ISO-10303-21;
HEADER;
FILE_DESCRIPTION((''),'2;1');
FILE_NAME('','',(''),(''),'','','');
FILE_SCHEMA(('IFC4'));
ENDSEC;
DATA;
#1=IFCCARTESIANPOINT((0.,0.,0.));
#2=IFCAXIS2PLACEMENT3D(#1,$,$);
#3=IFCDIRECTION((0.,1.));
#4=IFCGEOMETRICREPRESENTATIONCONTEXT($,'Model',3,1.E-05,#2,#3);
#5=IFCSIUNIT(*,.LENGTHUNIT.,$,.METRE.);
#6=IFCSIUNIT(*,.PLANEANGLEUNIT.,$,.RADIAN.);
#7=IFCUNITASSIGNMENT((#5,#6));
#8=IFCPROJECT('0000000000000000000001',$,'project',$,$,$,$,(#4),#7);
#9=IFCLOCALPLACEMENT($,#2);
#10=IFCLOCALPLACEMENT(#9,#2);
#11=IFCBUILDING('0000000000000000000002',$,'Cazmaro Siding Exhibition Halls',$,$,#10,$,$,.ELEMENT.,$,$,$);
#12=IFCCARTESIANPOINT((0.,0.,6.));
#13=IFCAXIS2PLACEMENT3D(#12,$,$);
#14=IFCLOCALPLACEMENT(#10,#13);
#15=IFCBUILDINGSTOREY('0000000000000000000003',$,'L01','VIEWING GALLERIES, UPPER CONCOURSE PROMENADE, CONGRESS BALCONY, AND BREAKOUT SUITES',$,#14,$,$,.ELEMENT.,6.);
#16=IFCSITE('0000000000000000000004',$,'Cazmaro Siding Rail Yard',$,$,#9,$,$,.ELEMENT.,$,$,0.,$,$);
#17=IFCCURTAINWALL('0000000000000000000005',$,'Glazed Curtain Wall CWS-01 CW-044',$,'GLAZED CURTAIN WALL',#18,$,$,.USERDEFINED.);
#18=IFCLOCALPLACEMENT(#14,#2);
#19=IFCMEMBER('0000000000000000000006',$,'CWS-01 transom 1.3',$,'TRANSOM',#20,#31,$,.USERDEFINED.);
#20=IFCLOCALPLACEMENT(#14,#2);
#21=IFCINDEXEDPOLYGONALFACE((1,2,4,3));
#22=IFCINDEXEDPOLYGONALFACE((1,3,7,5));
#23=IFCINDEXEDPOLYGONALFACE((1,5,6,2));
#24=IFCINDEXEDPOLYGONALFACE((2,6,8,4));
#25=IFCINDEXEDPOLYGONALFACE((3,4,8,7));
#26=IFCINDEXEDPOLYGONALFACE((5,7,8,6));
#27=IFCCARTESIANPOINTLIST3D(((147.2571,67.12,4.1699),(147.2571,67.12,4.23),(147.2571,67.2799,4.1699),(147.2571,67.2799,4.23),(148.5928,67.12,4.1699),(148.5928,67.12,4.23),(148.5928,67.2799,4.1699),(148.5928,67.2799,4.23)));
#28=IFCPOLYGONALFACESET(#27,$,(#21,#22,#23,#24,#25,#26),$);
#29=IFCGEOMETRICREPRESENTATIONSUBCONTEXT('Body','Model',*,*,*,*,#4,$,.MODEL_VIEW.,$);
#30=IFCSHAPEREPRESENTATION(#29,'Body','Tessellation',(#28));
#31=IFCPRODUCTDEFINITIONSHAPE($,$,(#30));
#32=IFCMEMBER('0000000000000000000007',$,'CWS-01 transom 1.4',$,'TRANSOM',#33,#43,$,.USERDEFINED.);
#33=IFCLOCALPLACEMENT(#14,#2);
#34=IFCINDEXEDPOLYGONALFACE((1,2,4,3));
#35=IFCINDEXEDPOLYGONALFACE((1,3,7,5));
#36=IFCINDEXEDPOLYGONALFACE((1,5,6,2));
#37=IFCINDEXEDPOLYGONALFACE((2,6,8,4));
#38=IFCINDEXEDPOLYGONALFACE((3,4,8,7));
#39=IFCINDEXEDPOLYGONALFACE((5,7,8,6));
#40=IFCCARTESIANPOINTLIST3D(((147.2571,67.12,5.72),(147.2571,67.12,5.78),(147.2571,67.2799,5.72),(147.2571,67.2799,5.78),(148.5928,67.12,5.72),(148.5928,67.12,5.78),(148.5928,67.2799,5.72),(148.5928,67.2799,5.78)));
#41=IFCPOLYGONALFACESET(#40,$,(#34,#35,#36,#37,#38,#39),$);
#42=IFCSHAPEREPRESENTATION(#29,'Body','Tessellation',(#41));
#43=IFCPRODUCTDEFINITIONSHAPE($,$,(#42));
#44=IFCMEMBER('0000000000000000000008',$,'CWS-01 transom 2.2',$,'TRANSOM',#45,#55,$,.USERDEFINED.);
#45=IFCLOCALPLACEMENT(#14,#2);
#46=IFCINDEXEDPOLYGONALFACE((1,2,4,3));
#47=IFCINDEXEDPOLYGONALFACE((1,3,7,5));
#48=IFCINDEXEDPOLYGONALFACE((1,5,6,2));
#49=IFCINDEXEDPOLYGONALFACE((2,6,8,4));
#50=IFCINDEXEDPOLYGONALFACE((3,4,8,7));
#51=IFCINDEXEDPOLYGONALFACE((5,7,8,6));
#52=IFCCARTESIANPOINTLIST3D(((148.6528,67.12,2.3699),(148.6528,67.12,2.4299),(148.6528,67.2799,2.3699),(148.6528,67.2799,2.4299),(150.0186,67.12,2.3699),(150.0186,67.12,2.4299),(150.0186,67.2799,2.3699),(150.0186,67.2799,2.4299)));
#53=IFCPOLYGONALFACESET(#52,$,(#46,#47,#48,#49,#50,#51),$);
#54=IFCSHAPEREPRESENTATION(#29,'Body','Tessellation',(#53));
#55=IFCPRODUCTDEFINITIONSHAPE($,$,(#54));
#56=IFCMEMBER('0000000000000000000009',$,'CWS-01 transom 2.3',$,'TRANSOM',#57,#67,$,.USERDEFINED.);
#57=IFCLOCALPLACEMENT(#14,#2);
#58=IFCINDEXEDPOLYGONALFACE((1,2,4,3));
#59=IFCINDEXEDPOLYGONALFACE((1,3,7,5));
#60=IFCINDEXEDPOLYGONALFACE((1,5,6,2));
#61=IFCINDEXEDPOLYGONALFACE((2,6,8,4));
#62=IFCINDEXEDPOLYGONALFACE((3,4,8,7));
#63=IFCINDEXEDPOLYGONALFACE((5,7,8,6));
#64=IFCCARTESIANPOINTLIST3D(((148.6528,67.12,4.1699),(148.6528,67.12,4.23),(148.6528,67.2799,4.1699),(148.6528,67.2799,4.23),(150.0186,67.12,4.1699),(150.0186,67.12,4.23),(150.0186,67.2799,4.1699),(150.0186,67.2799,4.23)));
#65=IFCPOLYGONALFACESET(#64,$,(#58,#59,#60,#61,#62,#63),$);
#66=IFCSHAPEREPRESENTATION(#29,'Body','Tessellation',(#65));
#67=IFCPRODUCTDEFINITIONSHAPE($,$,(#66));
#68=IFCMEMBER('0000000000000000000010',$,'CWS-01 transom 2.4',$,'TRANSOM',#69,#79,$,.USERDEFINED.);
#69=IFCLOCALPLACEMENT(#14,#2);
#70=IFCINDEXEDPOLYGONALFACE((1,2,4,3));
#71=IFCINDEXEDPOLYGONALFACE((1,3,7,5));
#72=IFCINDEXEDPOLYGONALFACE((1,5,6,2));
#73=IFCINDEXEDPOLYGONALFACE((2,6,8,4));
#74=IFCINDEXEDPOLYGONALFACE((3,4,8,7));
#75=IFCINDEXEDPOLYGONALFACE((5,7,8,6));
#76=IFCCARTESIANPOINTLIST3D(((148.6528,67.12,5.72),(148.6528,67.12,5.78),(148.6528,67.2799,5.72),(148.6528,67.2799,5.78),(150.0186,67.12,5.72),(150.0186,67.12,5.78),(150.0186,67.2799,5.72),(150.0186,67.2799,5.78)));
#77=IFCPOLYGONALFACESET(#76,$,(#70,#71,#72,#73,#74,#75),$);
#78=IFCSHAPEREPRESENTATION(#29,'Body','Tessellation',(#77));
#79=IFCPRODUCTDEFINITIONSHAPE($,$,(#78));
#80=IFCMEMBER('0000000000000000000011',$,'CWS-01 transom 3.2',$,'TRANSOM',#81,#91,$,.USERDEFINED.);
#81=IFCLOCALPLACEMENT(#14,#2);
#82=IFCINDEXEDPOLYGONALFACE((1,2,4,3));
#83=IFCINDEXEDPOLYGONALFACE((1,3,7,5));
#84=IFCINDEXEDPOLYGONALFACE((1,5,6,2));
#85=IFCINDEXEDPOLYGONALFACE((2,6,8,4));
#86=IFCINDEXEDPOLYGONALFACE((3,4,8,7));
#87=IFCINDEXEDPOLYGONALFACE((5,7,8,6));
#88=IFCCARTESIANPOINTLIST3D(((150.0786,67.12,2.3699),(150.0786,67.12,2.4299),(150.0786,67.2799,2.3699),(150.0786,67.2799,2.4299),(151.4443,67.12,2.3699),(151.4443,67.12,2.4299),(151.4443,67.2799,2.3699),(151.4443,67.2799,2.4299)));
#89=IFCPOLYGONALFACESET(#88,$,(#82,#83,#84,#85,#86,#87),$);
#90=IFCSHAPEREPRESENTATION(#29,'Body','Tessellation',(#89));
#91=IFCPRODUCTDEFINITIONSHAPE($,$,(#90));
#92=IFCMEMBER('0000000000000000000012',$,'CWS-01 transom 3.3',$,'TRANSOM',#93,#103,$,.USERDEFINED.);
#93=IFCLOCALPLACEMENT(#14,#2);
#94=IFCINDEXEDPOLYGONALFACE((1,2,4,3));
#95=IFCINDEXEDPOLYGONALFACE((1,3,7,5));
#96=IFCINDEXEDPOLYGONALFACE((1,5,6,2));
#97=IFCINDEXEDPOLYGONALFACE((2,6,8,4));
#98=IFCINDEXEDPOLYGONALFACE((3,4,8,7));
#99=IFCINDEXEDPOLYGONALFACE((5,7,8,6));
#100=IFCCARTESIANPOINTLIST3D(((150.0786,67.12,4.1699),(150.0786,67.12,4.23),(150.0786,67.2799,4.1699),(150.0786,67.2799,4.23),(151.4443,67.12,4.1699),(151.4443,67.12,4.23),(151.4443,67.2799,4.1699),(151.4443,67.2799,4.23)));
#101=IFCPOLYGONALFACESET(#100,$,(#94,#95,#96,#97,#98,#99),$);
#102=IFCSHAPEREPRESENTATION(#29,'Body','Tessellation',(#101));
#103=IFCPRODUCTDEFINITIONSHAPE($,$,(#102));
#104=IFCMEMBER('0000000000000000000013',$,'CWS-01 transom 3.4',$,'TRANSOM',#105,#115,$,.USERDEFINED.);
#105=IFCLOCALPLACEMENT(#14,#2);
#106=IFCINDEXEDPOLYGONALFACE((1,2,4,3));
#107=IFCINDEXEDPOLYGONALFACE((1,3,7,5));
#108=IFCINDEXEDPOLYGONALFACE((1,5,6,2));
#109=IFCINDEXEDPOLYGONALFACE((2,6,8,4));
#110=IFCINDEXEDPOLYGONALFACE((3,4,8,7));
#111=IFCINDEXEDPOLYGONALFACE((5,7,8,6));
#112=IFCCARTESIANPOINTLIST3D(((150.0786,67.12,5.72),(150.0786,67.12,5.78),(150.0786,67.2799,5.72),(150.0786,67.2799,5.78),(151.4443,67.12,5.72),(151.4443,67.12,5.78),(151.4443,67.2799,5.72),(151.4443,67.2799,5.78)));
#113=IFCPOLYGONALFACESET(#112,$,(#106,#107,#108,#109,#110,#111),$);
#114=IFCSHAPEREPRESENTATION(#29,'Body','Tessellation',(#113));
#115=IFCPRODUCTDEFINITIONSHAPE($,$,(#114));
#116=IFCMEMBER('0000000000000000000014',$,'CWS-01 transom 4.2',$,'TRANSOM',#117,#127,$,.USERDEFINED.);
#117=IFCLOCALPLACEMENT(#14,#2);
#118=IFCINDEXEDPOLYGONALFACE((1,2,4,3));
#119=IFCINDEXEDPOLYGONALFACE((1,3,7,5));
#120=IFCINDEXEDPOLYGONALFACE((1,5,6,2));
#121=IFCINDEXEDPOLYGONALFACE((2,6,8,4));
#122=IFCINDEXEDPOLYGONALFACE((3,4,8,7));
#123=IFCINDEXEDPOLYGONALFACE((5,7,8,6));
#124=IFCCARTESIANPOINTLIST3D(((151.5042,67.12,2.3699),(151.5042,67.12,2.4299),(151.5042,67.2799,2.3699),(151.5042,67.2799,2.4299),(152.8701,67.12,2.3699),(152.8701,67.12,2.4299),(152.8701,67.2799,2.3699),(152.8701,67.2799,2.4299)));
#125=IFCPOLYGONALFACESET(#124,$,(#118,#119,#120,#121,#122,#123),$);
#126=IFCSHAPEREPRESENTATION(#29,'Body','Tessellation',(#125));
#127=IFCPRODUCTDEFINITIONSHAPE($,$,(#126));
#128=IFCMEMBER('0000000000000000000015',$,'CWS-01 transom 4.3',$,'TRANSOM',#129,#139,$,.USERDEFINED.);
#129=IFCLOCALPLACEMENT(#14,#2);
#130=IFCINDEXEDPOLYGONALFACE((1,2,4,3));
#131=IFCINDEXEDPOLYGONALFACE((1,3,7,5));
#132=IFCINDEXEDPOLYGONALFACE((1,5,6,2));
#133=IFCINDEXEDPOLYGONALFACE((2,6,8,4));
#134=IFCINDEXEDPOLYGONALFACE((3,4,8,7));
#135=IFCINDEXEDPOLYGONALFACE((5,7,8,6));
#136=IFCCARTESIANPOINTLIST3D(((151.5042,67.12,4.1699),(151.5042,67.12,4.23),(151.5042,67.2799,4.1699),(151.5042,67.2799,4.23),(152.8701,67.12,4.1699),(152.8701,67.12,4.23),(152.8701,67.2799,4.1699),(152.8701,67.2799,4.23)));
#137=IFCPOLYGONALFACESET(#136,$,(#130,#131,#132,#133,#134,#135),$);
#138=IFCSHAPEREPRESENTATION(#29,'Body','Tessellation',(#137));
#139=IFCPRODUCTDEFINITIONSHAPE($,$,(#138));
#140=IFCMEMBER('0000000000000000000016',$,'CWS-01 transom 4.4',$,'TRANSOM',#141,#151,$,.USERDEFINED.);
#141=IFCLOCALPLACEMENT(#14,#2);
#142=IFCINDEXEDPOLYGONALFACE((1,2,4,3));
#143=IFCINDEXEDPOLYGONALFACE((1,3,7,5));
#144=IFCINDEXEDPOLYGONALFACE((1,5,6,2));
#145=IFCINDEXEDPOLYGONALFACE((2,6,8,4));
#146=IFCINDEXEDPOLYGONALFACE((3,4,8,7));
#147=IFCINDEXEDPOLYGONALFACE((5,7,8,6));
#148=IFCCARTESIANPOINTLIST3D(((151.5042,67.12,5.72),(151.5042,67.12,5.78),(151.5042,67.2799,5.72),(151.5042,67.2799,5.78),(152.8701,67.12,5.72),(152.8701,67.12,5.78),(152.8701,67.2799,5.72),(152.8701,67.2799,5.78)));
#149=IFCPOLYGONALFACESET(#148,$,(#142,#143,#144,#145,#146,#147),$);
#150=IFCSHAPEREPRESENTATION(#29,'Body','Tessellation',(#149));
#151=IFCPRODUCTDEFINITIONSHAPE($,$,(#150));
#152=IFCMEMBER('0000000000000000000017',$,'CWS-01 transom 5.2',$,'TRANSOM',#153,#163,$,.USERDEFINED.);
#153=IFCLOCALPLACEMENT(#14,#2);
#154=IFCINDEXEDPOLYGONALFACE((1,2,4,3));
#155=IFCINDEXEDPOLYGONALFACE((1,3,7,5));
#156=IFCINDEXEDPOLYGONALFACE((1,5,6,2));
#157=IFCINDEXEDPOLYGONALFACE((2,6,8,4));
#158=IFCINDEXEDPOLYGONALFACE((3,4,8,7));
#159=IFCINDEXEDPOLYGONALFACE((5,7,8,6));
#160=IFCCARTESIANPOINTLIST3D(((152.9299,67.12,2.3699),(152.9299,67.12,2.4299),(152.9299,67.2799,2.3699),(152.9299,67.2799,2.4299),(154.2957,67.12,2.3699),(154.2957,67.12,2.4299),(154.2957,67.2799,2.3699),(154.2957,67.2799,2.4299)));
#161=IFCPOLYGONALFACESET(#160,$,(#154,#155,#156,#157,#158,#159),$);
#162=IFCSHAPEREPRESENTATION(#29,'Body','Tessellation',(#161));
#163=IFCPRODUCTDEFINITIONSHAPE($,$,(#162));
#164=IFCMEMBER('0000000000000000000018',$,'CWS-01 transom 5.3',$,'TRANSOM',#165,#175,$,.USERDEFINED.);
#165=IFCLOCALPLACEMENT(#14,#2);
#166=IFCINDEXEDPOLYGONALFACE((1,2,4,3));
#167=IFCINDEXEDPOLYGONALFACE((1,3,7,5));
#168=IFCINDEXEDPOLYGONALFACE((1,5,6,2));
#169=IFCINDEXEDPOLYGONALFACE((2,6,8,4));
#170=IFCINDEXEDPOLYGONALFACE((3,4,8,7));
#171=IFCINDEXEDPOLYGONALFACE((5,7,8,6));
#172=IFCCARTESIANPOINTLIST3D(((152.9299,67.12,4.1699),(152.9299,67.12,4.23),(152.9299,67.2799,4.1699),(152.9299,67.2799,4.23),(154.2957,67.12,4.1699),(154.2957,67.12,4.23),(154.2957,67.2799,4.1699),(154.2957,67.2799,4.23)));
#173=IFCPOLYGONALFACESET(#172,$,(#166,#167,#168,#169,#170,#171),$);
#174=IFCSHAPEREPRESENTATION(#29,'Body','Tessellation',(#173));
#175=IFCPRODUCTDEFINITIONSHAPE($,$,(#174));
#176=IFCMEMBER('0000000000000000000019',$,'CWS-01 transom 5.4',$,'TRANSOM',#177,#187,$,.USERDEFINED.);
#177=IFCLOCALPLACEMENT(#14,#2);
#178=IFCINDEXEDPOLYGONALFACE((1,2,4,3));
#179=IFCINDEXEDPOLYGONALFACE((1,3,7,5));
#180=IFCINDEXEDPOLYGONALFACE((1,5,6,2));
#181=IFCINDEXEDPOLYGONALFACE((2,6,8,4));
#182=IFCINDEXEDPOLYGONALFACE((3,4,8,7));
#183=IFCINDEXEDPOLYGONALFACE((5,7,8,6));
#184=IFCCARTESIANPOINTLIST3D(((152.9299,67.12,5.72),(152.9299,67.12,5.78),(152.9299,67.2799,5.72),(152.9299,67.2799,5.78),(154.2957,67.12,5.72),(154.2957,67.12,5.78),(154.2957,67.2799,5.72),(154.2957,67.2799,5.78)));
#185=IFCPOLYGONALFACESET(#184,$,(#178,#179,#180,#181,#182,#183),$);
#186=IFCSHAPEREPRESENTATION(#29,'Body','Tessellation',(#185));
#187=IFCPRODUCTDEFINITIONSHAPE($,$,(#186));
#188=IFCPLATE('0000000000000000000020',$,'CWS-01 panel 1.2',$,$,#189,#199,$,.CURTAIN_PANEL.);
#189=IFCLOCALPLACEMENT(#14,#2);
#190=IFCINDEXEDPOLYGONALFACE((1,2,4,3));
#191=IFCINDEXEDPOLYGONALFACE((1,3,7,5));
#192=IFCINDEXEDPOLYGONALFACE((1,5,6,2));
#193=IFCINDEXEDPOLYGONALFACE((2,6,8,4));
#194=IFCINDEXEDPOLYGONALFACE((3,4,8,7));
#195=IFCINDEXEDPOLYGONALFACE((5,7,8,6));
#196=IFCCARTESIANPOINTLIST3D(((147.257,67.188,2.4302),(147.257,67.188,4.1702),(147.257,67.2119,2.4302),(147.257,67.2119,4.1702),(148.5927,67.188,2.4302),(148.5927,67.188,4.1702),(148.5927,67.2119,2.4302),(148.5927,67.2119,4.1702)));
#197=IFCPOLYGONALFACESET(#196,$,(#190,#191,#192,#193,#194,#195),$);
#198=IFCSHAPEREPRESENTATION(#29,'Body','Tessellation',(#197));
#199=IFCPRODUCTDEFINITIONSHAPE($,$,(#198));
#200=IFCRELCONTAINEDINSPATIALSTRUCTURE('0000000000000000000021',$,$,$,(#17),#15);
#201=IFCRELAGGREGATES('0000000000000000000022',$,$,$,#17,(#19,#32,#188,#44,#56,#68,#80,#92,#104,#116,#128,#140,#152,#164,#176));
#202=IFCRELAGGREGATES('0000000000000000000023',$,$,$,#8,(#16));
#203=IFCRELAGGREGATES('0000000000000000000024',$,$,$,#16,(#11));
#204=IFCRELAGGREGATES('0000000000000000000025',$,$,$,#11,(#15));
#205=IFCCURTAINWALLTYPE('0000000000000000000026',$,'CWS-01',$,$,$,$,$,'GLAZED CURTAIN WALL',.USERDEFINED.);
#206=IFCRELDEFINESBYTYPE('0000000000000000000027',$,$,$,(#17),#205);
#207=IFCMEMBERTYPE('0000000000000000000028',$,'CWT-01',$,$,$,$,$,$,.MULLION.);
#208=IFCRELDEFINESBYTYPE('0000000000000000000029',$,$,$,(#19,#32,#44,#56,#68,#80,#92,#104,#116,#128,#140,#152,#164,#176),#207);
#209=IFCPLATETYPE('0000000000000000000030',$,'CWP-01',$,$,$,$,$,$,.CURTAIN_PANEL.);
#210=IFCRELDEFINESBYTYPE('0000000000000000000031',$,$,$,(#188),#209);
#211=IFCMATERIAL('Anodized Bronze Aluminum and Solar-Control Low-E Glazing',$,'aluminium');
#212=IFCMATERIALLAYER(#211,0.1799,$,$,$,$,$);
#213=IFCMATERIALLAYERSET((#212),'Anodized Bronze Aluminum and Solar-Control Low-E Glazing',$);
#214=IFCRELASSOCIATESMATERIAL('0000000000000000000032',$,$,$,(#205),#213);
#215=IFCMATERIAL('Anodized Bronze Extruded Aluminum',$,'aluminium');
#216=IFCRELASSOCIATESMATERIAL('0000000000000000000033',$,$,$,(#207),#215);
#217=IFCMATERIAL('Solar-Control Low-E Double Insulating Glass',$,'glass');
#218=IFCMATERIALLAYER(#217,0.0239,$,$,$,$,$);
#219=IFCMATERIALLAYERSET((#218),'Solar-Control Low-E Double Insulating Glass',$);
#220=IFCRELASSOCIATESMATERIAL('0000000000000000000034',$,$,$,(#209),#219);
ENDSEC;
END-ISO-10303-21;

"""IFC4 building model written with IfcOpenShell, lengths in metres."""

from ifc_helpers import new_model, si_unit, direction, frame, origin, origin_2d, place, context, subcontext, project, spatial, rectangle, extrude, material, layer, layer_set, material_profile, profile_set, type_object, element, aggregate, save


model = new_model("IFC4")

# Units and contexts
model_context = context("Model", 3, precision=1e-05, world=origin(), true_north=direction((0.0, 1.0)))
body_context = subcontext(model_context, "Body", "Model", "MODEL_VIEW")
ifc_project = project(units=[si_unit("LENGTHUNIT", "METRE"), si_unit("PLANEANGLEUNIT", "RADIAN")], contexts=[model_context])

# Site, building, storey
site_placement = place(None, origin())
site = spatial("IfcSite", under=ifc_project, at=site_placement, Name="Cazmaro Siding Rail Yard", CompositionType="ELEMENT", RefElevation=0.0)
building_placement = place(site_placement, origin())
building = spatial("IfcBuilding", under=site, at=building_placement, Name="Cazmaro Siding Exhibition Halls", CompositionType="ELEMENT")
storey_placement = place(building_placement, frame((0.0, 0.0, 6.0)))
storey = spatial("IfcBuildingStorey", under=building, at=storey_placement, Name="L01", Description="VIEWING GALLERIES, UPPER CONCOURSE PROMENADE, CONGRESS BALCONY, AND BREAKOUT SUITES", CompositionType="ELEMENT", Elevation=6.0)

# Curtain wall, members, plate
ifc_material_1 = material(Name="Anodized Bronze Aluminum and Solar-Control Low-E Glazing", Category="aluminium")
ifc_layer_1 = layer(ifc_material_1, 0.1799)
ifc_layer_set_1 = layer_set([ifc_layer_1], Name="Anodized Bronze Aluminum and Solar-Control Low-E Glazing")
curtain_wall_type = type_object("IfcCurtainWallType", Name="CWS-01", ElementType="GLAZED CURTAIN WALL", PredefinedType="USERDEFINED", material=ifc_layer_set_1)
curtain_wall_placement = place(storey_placement, origin())
curtain_wall = element("IfcCurtainWall", 1, at=curtain_wall_placement, inside=storey, type_object=curtain_wall_type, Name="Glazed Curtain Wall CWS-01 CW-044", ObjectType="GLAZED CURTAIN WALL", PredefinedType="USERDEFINED")
ifc_material_2 = material(Name="Anodized Bronze Extruded Aluminum", Category="aluminium")
ifc_material_profile = material_profile(ifc_material_2, rectangle(XDim=0.1599, YDim=0.0601, at=origin_2d()), Name="CWT-01")
ifc_profile_set = profile_set([ifc_material_profile], Name="Anodized Bronze Extruded Aluminum")
member_type = type_object("IfcMemberType", Name="CWT-01", PredefinedType="MULLION", material=ifc_profile_set)
member_1_placement = place(storey_placement, frame((147.2571, 67.2, 4.2), z_axis=(1.0, 0.0, 0.0), x_axis=(0.0, 1.0, 0.0)))
member_1 = element("IfcMember", 2, at=member_1_placement, type_object=member_type, Name="CWS-01 transom 1.3", ObjectType="TRANSOM", PredefinedType="USERDEFINED", context=body_context, shape_type="SweptSolid", body=[
    extrude(rectangle(XDim=0.1599, YDim=0.0601, at=origin_2d()), origin(), (0.0, 0.0, 1.0), 1.3357),
])
member_2_placement = place(storey_placement, frame((147.2571, 67.2, 5.75), z_axis=(1.0, 0.0, 0.0), x_axis=(0.0, 1.0, 0.0)))
member_2 = element("IfcMember", 3, at=member_2_placement, type_object=member_type, Name="CWS-01 transom 1.4", ObjectType="TRANSOM", PredefinedType="USERDEFINED", context=body_context, shape_type="SweptSolid", body=[
    extrude(rectangle(XDim=0.1599, YDim=0.0601, at=origin_2d()), origin(), (0.0, 0.0, 1.0), 1.3357),
])
member_3_placement = place(storey_placement, frame((148.6528, 67.2, 2.3999), z_axis=(1.0, 0.0, 0.0), x_axis=(0.0, 1.0, 0.0)))
member_3 = element("IfcMember", 4, at=member_3_placement, type_object=member_type, Name="CWS-01 transom 2.2", ObjectType="TRANSOM", PredefinedType="USERDEFINED", context=body_context, shape_type="SweptSolid", body=[
    extrude(rectangle(XDim=0.1599, YDim=0.0601, at=origin_2d()), origin(), (0.0, 0.0, 1.0), 1.3657),
])
member_4_placement = place(storey_placement, frame((148.6528, 67.2, 4.2), z_axis=(1.0, 0.0, 0.0), x_axis=(0.0, 1.0, 0.0)))
member_4 = element("IfcMember", 5, at=member_4_placement, type_object=member_type, Name="CWS-01 transom 2.3", ObjectType="TRANSOM", PredefinedType="USERDEFINED", context=body_context, shape_type="SweptSolid", body=[
    extrude(rectangle(XDim=0.1599, YDim=0.0601, at=origin_2d()), origin(), (0.0, 0.0, 1.0), 1.3657),
])
member_5_placement = place(storey_placement, frame((148.6528, 67.2, 5.75), z_axis=(1.0, 0.0, 0.0), x_axis=(0.0, 1.0, 0.0)))
member_5 = element("IfcMember", 6, at=member_5_placement, type_object=member_type, Name="CWS-01 transom 2.4", ObjectType="TRANSOM", PredefinedType="USERDEFINED", context=body_context, shape_type="SweptSolid", body=[
    extrude(rectangle(XDim=0.1599, YDim=0.0601, at=origin_2d()), origin(), (0.0, 0.0, 1.0), 1.3657),
])
member_6_placement = place(storey_placement, frame((150.0786, 67.2, 2.3999), z_axis=(1.0, 0.0, 0.0), x_axis=(0.0, 1.0, 0.0)))
member_6 = element("IfcMember", 7, at=member_6_placement, type_object=member_type, Name="CWS-01 transom 3.2", ObjectType="TRANSOM", PredefinedType="USERDEFINED", context=body_context, shape_type="SweptSolid", body=[
    extrude(rectangle(XDim=0.1599, YDim=0.0601, at=origin_2d()), origin(), (0.0, 0.0, 1.0), 1.3657),
])
member_7_placement = place(storey_placement, frame((150.0786, 67.2, 4.2), z_axis=(1.0, 0.0, 0.0), x_axis=(0.0, 1.0, 0.0)))
member_7 = element("IfcMember", 8, at=member_7_placement, type_object=member_type, Name="CWS-01 transom 3.3", ObjectType="TRANSOM", PredefinedType="USERDEFINED", context=body_context, shape_type="SweptSolid", body=[
    extrude(rectangle(XDim=0.1599, YDim=0.0601, at=origin_2d()), origin(), (0.0, 0.0, 1.0), 1.3657),
])
member_8_placement = place(storey_placement, frame((150.0786, 67.2, 5.75), z_axis=(1.0, 0.0, 0.0), x_axis=(0.0, 1.0, 0.0)))
member_8 = element("IfcMember", 9, at=member_8_placement, type_object=member_type, Name="CWS-01 transom 3.4", ObjectType="TRANSOM", PredefinedType="USERDEFINED", context=body_context, shape_type="SweptSolid", body=[
    extrude(rectangle(XDim=0.1599, YDim=0.0601, at=origin_2d()), origin(), (0.0, 0.0, 1.0), 1.3657),
])
member_9_placement = place(storey_placement, frame((151.5042, 67.2, 2.3999), z_axis=(1.0, 0.0, 0.0), x_axis=(0.0, 1.0, 0.0)))
member_9 = element("IfcMember", 10, at=member_9_placement, type_object=member_type, Name="CWS-01 transom 4.2", ObjectType="TRANSOM", PredefinedType="USERDEFINED", context=body_context, shape_type="SweptSolid", body=[
    extrude(rectangle(XDim=0.1599, YDim=0.0601, at=origin_2d()), origin(), (0.0, 0.0, 1.0), 1.366),
])
member_10_placement = place(storey_placement, frame((151.5042, 67.2, 4.2), z_axis=(1.0, 0.0, 0.0), x_axis=(0.0, 1.0, 0.0)))
member_10 = element("IfcMember", 11, at=member_10_placement, type_object=member_type, Name="CWS-01 transom 4.3", ObjectType="TRANSOM", PredefinedType="USERDEFINED", context=body_context, shape_type="SweptSolid", body=[
    extrude(rectangle(XDim=0.1599, YDim=0.0601, at=origin_2d()), origin(), (0.0, 0.0, 1.0), 1.366),
])
member_11_placement = place(storey_placement, frame((151.5042, 67.2, 5.75), z_axis=(1.0, 0.0, 0.0), x_axis=(0.0, 1.0, 0.0)))
member_11 = element("IfcMember", 12, at=member_11_placement, type_object=member_type, Name="CWS-01 transom 4.4", ObjectType="TRANSOM", PredefinedType="USERDEFINED", context=body_context, shape_type="SweptSolid", body=[
    extrude(rectangle(XDim=0.1599, YDim=0.0601, at=origin_2d()), origin(), (0.0, 0.0, 1.0), 1.366),
])
member_12_placement = place(storey_placement, frame((152.9299, 67.2, 2.3999), z_axis=(1.0, 0.0, 0.0), x_axis=(0.0, 1.0, 0.0)))
member_12 = element("IfcMember", 13, at=member_12_placement, type_object=member_type, Name="CWS-01 transom 5.2", ObjectType="TRANSOM", PredefinedType="USERDEFINED", context=body_context, shape_type="SweptSolid", body=[
    extrude(rectangle(XDim=0.1599, YDim=0.0601, at=origin_2d()), origin(), (0.0, 0.0, 1.0), 1.3657),
])
member_13_placement = place(storey_placement, frame((152.9299, 67.2, 4.2), z_axis=(1.0, 0.0, 0.0), x_axis=(0.0, 1.0, 0.0)))
member_13 = element("IfcMember", 14, at=member_13_placement, type_object=member_type, Name="CWS-01 transom 5.3", ObjectType="TRANSOM", PredefinedType="USERDEFINED", context=body_context, shape_type="SweptSolid", body=[
    extrude(rectangle(XDim=0.1599, YDim=0.0601, at=origin_2d()), origin(), (0.0, 0.0, 1.0), 1.3657),
])
member_14_placement = place(storey_placement, frame((152.9299, 67.2, 5.75), z_axis=(1.0, 0.0, 0.0), x_axis=(0.0, 1.0, 0.0)))
member_14 = element("IfcMember", 15, at=member_14_placement, type_object=member_type, Name="CWS-01 transom 5.4", ObjectType="TRANSOM", PredefinedType="USERDEFINED", context=body_context, shape_type="SweptSolid", body=[
    extrude(rectangle(XDim=0.1599, YDim=0.0601, at=origin_2d()), origin(), (0.0, 0.0, 1.0), 1.3657),
])
ifc_material_3 = material(Name="Solar-Control Low-E Double Insulating Glass", Category="glass")
ifc_layer_2 = layer(ifc_material_3, 0.0239)
ifc_layer_set_2 = layer_set([ifc_layer_2], Name="Solar-Control Low-E Double Insulating Glass")
plate_type = type_object("IfcPlateType", Name="CWP-01", PredefinedType="CURTAIN_PANEL", material=ifc_layer_set_2)
plate_1_placement = place(storey_placement, frame((147.9248, 67.2, 2.4302), z_axis=(0.0, 0.0, 1.0), x_axis=(1.0, 0.0, 0.0)))
plate_1 = element("IfcPlate", 16, at=plate_1_placement, type_object=plate_type, Name="CWS-01 panel 1.2", PredefinedType="CURTAIN_PANEL", context=body_context, shape_type="SweptSolid", body=[
    extrude(rectangle(XDim=1.3357, YDim=0.0239, at=origin_2d()), origin(), (0.0, 0.0, 1.0), 1.74),
])
aggregate(curtain_wall, [member_1, member_2, plate_1, member_3, member_4, member_5, member_6, member_7, member_8, member_9, member_10, member_11, member_12, member_13, member_14])

save(model, "model.ifc")
